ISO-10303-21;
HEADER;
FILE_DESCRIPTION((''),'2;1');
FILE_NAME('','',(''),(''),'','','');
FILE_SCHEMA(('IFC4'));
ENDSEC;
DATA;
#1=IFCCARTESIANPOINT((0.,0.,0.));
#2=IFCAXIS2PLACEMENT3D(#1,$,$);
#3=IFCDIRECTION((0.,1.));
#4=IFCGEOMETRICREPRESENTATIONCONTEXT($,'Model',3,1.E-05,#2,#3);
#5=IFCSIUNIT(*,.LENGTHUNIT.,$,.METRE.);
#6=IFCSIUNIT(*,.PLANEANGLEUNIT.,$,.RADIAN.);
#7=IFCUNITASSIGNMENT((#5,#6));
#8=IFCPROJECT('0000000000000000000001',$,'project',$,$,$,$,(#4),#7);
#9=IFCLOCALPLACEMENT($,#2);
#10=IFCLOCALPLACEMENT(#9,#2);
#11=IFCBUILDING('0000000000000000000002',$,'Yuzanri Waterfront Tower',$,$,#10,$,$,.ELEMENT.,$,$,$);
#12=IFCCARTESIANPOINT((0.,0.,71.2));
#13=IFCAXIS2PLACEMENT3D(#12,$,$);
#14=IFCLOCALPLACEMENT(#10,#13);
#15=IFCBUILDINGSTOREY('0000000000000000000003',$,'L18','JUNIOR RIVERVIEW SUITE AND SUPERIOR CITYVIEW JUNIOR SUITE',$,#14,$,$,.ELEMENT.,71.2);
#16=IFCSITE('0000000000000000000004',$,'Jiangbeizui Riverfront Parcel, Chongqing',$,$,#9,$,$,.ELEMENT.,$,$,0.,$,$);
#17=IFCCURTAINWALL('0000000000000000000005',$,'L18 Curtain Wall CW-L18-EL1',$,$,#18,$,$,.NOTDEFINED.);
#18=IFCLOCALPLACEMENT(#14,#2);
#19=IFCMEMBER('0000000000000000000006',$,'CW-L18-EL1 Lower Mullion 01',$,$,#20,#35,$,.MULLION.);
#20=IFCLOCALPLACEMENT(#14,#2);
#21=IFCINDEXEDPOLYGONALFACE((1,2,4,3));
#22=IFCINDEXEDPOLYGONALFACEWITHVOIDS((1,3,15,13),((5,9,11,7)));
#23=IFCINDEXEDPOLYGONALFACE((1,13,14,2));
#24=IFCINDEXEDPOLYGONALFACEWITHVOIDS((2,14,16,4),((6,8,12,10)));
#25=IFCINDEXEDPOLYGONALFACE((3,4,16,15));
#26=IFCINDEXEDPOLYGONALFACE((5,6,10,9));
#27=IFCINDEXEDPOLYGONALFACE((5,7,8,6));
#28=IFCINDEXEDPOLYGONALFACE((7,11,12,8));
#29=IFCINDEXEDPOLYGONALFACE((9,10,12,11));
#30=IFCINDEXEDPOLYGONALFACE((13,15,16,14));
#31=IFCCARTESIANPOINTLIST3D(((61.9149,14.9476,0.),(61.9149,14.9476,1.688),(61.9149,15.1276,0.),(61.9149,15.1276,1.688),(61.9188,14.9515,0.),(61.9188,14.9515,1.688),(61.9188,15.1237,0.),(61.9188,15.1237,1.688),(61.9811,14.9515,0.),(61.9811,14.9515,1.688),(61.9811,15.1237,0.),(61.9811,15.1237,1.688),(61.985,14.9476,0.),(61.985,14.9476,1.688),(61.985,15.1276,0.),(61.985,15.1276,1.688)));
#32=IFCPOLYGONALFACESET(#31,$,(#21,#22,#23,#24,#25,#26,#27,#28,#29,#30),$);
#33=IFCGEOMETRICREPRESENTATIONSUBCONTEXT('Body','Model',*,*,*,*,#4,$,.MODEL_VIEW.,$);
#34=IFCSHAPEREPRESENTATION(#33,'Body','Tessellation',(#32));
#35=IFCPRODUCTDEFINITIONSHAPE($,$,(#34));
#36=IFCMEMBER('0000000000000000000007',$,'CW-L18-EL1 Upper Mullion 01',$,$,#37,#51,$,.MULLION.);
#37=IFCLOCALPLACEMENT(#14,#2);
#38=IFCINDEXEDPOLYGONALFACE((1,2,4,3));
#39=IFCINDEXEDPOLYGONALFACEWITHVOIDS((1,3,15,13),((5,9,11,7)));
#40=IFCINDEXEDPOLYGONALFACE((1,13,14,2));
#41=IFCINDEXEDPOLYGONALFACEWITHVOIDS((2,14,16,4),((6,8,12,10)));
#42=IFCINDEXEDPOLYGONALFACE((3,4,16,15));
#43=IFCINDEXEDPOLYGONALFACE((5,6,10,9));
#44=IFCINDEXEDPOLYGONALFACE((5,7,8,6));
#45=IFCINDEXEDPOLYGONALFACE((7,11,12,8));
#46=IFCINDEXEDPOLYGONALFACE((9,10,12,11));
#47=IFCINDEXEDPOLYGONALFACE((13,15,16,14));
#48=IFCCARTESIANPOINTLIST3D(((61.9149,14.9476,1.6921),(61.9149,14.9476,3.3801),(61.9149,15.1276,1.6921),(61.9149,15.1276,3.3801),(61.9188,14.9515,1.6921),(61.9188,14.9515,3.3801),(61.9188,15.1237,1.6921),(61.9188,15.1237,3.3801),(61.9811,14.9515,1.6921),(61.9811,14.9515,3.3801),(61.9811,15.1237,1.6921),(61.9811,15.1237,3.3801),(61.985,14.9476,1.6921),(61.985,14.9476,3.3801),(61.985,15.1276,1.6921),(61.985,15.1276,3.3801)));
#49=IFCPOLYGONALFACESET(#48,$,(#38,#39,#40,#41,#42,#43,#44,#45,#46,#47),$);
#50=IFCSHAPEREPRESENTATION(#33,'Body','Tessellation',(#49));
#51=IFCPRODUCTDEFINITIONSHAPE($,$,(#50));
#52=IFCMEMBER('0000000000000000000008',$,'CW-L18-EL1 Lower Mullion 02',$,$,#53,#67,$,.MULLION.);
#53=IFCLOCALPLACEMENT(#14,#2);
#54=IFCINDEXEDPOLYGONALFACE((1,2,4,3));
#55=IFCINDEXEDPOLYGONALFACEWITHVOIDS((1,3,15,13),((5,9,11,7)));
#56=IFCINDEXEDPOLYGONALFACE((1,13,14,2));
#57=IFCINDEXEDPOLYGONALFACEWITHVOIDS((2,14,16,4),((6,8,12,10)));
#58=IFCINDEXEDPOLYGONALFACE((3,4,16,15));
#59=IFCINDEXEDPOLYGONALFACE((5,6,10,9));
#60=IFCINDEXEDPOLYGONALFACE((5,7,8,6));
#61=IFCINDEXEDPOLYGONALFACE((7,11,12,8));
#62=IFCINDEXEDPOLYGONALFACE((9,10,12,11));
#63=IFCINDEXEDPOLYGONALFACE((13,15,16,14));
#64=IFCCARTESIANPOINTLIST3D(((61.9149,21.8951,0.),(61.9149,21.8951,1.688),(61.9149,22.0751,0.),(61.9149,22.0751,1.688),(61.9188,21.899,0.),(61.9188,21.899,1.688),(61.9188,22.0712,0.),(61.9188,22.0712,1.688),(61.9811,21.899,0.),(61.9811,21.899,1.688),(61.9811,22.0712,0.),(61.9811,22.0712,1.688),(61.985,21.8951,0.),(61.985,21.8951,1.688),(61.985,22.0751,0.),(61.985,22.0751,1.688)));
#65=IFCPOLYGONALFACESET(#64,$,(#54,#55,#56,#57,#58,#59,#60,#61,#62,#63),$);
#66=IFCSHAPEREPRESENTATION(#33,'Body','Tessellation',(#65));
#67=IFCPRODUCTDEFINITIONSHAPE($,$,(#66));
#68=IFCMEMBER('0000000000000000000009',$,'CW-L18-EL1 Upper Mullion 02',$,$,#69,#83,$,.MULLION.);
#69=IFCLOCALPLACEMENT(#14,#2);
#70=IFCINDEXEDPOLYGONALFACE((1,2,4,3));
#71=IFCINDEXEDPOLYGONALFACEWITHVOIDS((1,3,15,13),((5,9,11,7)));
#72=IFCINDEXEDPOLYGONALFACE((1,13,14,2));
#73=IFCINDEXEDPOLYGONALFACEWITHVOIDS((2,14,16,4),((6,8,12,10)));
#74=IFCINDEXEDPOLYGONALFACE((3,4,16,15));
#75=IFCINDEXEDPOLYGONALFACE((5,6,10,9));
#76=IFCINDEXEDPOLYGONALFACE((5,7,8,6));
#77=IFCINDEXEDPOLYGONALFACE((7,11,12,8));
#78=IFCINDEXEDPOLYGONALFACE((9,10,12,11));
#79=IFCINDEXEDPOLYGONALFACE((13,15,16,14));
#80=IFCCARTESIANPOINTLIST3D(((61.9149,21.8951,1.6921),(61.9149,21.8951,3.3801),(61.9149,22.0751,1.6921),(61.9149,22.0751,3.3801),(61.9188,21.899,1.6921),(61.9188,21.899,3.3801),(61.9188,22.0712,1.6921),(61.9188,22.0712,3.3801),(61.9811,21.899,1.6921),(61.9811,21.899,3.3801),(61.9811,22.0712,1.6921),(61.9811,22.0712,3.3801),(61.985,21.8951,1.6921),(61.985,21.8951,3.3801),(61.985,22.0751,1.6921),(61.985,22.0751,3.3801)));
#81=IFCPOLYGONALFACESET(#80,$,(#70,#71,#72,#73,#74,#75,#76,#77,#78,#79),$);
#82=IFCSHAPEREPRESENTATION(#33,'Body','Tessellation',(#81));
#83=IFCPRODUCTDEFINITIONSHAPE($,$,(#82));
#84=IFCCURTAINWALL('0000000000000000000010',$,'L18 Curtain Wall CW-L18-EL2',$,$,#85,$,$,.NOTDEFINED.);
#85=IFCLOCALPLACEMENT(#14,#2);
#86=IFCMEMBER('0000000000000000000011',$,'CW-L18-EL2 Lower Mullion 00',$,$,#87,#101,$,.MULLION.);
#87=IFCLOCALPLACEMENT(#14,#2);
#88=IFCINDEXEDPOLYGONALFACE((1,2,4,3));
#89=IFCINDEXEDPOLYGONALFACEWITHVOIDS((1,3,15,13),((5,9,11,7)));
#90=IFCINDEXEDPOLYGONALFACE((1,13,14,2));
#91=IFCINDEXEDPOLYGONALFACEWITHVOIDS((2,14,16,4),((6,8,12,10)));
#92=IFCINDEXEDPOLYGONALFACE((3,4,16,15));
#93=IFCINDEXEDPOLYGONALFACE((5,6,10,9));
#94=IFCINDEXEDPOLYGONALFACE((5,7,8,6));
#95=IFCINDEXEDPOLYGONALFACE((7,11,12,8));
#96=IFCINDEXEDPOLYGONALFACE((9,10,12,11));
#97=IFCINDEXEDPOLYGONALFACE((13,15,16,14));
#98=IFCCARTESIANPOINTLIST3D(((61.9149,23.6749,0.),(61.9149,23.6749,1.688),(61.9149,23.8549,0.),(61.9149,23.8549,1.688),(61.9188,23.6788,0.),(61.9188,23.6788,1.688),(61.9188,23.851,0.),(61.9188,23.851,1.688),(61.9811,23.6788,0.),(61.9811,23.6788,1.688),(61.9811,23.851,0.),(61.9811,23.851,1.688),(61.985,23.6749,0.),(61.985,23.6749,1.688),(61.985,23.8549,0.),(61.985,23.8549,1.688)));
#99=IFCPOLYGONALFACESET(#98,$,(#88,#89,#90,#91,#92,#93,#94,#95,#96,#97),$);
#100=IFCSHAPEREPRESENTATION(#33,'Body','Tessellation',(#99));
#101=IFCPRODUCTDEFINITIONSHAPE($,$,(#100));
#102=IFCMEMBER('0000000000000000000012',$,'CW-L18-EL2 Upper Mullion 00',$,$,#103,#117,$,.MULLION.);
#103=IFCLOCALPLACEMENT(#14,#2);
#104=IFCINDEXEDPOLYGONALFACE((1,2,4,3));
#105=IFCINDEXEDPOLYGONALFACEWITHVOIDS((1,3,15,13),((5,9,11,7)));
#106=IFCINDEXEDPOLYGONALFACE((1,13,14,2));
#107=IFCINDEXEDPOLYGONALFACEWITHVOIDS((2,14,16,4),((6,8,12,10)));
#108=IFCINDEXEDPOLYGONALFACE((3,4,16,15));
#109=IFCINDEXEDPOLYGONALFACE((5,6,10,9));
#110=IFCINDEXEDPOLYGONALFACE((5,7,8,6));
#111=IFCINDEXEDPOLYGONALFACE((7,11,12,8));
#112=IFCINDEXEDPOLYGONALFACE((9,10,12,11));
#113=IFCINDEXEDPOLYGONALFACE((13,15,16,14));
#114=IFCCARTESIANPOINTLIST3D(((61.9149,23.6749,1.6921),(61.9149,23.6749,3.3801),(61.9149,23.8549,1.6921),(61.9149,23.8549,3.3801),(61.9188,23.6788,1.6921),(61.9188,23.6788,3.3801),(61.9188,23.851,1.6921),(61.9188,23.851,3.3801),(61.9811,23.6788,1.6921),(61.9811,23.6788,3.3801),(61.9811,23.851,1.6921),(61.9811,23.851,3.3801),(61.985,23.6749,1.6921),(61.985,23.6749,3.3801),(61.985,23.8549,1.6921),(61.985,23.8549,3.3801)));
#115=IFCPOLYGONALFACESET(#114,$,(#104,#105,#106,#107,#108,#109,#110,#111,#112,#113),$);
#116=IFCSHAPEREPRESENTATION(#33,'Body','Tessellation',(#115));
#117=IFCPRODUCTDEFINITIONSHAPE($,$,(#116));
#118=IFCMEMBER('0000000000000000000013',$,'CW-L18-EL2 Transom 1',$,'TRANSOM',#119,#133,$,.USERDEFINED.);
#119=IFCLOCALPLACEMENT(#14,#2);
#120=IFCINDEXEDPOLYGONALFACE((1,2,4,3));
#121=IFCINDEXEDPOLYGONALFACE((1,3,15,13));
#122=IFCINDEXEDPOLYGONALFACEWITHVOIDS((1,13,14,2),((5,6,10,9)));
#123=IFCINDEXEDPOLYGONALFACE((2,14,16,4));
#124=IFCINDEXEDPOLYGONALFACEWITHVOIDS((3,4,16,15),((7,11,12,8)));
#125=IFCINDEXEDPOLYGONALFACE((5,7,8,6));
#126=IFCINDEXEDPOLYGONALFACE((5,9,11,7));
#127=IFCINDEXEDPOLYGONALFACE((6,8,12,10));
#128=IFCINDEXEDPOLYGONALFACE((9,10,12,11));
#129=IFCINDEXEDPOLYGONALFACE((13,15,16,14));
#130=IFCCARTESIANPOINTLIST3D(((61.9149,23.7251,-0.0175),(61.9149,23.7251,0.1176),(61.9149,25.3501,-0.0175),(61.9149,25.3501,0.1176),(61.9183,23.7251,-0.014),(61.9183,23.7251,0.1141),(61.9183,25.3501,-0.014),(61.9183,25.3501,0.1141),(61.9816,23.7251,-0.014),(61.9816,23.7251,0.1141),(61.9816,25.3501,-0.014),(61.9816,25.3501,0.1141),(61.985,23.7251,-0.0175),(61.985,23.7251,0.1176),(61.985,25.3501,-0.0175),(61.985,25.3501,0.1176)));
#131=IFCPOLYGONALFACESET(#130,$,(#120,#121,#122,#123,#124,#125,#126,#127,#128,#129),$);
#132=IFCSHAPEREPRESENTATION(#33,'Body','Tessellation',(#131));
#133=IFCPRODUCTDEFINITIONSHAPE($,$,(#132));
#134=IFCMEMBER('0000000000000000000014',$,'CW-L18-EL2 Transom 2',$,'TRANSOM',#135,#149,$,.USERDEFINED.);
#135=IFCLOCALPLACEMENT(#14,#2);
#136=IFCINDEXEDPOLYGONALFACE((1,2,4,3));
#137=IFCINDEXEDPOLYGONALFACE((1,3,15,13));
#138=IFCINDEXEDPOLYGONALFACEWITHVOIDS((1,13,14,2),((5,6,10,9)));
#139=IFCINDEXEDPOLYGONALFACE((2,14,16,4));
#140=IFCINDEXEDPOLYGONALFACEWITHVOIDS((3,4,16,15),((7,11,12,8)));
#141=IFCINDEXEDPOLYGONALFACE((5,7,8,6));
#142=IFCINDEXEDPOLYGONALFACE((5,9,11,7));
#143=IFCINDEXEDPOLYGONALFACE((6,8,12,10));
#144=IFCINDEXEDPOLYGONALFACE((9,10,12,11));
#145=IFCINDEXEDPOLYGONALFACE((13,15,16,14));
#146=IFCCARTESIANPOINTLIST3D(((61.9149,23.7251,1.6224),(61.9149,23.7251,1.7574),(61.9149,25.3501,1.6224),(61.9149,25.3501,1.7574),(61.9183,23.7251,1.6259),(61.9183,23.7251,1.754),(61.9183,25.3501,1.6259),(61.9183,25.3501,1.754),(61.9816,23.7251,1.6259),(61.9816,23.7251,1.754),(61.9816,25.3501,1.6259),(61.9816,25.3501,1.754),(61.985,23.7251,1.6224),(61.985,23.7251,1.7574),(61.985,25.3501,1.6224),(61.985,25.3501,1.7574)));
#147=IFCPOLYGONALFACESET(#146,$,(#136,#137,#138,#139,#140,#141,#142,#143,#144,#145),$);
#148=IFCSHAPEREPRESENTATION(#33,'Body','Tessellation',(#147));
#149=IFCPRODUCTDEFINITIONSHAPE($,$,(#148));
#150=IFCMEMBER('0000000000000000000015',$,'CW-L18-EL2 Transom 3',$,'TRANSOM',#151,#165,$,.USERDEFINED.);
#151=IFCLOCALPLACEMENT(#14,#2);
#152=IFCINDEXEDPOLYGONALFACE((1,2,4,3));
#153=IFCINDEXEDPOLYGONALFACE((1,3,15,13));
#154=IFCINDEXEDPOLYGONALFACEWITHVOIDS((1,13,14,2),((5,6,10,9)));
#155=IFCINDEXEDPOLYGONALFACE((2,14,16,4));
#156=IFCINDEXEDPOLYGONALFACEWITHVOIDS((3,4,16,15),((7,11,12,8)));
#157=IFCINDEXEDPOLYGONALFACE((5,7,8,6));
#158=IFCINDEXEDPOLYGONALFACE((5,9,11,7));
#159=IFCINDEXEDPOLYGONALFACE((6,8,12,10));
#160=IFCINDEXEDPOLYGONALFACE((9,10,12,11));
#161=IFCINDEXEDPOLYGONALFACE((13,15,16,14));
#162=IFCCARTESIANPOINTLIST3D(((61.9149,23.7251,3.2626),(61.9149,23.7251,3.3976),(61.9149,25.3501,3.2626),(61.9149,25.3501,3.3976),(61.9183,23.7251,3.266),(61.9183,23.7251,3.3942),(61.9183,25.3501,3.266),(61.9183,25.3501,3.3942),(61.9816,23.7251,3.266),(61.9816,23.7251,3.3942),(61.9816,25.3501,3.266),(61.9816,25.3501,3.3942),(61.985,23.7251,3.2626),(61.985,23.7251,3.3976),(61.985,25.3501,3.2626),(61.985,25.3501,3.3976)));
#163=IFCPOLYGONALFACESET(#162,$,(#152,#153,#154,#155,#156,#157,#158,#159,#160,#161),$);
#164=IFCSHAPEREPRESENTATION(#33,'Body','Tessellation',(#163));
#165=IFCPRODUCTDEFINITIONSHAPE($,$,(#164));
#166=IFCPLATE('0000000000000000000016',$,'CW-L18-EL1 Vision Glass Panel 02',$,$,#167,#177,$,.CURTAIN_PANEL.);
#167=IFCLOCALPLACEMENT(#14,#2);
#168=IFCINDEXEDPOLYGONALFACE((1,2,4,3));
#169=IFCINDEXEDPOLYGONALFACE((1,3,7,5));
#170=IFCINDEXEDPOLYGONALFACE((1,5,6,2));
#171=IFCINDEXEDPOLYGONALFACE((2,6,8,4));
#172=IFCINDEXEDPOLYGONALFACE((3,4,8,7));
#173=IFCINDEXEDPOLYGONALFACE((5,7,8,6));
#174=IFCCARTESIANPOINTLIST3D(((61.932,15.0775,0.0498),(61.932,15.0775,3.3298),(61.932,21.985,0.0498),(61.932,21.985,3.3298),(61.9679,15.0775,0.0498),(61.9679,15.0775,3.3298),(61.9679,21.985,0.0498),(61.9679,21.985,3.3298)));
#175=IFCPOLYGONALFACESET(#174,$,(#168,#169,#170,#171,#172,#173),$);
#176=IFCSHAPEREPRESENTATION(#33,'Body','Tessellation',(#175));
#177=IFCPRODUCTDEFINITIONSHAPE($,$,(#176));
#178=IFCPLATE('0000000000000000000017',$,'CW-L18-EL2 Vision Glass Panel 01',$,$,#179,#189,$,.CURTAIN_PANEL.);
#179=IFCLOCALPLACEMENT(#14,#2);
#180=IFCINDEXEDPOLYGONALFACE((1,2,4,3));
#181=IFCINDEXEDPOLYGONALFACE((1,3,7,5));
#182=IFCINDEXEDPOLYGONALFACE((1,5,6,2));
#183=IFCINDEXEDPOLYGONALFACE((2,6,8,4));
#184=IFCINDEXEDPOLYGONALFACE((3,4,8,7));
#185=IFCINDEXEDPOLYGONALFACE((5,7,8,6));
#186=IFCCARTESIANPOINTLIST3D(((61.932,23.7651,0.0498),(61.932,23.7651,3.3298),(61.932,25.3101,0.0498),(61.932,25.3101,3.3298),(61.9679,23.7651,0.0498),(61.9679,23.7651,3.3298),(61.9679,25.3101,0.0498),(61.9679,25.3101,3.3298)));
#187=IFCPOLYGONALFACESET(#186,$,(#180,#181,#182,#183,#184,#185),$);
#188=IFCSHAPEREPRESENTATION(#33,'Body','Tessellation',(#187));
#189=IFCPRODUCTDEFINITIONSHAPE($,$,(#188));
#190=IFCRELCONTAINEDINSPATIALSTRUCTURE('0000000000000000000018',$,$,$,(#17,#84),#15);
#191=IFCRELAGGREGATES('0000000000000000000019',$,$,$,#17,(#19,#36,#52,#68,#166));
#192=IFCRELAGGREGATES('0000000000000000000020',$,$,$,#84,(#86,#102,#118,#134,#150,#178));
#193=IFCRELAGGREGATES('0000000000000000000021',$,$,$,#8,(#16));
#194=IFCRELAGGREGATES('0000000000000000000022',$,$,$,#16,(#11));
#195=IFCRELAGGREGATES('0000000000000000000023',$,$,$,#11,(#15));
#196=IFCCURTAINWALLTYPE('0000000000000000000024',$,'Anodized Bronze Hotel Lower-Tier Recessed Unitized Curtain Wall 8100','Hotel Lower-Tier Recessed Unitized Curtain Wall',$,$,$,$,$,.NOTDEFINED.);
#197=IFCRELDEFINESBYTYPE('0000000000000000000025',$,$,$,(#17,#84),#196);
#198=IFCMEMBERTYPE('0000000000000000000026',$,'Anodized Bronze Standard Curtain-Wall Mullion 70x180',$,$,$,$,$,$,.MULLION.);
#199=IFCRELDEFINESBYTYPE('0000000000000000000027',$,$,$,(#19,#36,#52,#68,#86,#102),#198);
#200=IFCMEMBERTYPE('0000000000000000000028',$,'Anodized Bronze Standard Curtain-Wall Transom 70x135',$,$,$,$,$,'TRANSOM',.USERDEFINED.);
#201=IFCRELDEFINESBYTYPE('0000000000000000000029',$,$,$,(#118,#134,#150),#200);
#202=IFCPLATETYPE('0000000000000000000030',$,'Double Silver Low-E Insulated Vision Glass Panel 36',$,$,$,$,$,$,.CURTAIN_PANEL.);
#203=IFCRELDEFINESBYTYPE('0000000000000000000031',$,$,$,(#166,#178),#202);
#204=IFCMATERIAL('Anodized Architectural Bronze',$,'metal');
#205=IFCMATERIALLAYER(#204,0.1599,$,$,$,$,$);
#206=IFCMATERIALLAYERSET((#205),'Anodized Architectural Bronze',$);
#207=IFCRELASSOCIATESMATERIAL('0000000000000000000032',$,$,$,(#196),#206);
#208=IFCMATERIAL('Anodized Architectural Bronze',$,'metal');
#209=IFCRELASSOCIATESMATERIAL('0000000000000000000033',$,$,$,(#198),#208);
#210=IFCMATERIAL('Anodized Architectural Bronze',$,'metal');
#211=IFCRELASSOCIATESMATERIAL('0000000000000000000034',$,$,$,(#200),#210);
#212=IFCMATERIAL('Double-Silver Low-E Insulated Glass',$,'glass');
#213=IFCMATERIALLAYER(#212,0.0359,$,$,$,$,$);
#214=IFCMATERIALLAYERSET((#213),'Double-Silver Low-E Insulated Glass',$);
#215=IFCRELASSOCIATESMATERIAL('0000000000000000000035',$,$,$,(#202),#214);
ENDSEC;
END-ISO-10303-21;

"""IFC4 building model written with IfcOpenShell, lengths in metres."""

from ifc_helpers import new_model, si_unit, direction, frame, origin, origin_2d, place, context, subcontext, project, spatial, rectangle, hollow_rectangle, extrude, source, transform, mapped, material, layer, layer_set, material_profile, profile_set, type_object, element, aggregate, save


model = new_model("IFC4")

# Units and contexts
model_context = context("Model", 3, precision=1e-05, world=origin(), true_north=direction((0.0, 1.0)))
body_context = subcontext(model_context, "Body", "Model", "MODEL_VIEW")
ifc_project = project(units=[si_unit("LENGTHUNIT", "METRE"), si_unit("PLANEANGLEUNIT", "RADIAN")], contexts=[model_context])

# Site, building, storey
site_placement = place(None, origin())
site = spatial("IfcSite", under=ifc_project, at=site_placement, Name="Jiangbeizui Riverfront Parcel, Chongqing", CompositionType="ELEMENT", RefElevation=0.0)
building_placement = place(site_placement, origin())
building = spatial("IfcBuilding", under=site, at=building_placement, Name="Yuzanri Waterfront Tower", CompositionType="ELEMENT")
storey_placement = place(building_placement, frame((0.0, 0.0, 71.2)))
storey = spatial("IfcBuildingStorey", under=building, at=storey_placement, Name="L18", Description="JUNIOR RIVERVIEW SUITE AND SUPERIOR CITYVIEW JUNIOR SUITE", CompositionType="ELEMENT", Elevation=71.2)

# Curtain walls, members
ifc_material_1 = material(Name="Anodized Architectural Bronze", Category="metal")
ifc_layer_1 = layer(ifc_material_1, 0.1599)
ifc_layer_set_1 = layer_set([ifc_layer_1], Name="Anodized Architectural Bronze")
curtain_wall_type = type_object("IfcCurtainWallType", Name="Anodized Bronze Hotel Lower-Tier Recessed Unitized Curtain Wall 8100", Description="Hotel Lower-Tier Recessed Unitized Curtain Wall", PredefinedType="NOTDEFINED", material=ifc_layer_set_1)
curtain_wall_1_placement = place(storey_placement, origin())
curtain_wall_1 = element("IfcCurtainWall", 1, at=curtain_wall_1_placement, inside=storey, type_object=curtain_wall_type, Name="L18 Curtain Wall CW-L18-EL1", PredefinedType="NOTDEFINED")
ifc_material_2 = material(Name="Anodized Architectural Bronze", Category="metal")
ifc_material_profile_1 = material_profile(ifc_material_2, hollow_rectangle(XDim=0.0701, YDim=0.1799, WallThickness=0.0039, at=origin_2d()), Name="CWM 70x180")
ifc_profile_set_1 = profile_set([ifc_material_profile_1], Name="Anodized Architectural Bronze")
member_type_1 = type_object("IfcMemberType", Name="Anodized Bronze Standard Curtain-Wall Mullion 70x180", PredefinedType="MULLION", material=ifc_profile_set_1)
shared_shape_1 = source(origin(), body_context, "Body", "SweptSolid", [
    extrude(hollow_rectangle(XDim=0.0701, YDim=0.1799, WallThickness=0.0039, at=origin_2d()), origin(), (0.0, 0.0, 1.0), 1.688),
])
member_1_placement = place(storey_placement, frame((61.95, 15.0376, 0.0), z_axis=(0.0, 0.0, 1.0), x_axis=(1.0, 0.0, 0.0)))
member_1 = element("IfcMember", 2, at=member_1_placement, type_object=member_type_1, Name="CW-L18-EL1 Lower Mullion 01", PredefinedType="MULLION", context=body_context, shape_type="MappedRepresentation", body=[
    mapped(shared_shape_1, transform((0.0, 0.0, 0.0), scale=1.0)),
])
member_2_placement = place(storey_placement, frame((61.95, 15.0376, 1.6921), z_axis=(0.0, 0.0, 1.0), x_axis=(1.0, 0.0, 0.0)))
member_2 = element("IfcMember", 3, at=member_2_placement, type_object=member_type_1, Name="CW-L18-EL1 Upper Mullion 01", PredefinedType="MULLION", context=body_context, shape_type="MappedRepresentation", body=[
    mapped(shared_shape_1, transform((0.0, 0.0, 0.0), scale=1.0)),
])
member_3_placement = place(storey_placement, frame((61.95, 21.9851, 0.0), z_axis=(0.0, 0.0, 1.0), x_axis=(1.0, 0.0, 0.0)))
member_3 = element("IfcMember", 4, at=member_3_placement, type_object=member_type_1, Name="CW-L18-EL1 Lower Mullion 02", PredefinedType="MULLION", context=body_context, shape_type="MappedRepresentation", body=[
    mapped(shared_shape_1, transform((0.0, 0.0, 0.0), scale=1.0)),
])
member_4_placement = place(storey_placement, frame((61.95, 21.9851, 1.6921), z_axis=(0.0, 0.0, 1.0), x_axis=(1.0, 0.0, 0.0)))
member_4 = element("IfcMember", 5, at=member_4_placement, type_object=member_type_1, Name="CW-L18-EL1 Upper Mullion 02", PredefinedType="MULLION", context=body_context, shape_type="MappedRepresentation", body=[
    mapped(shared_shape_1, transform((0.0, 0.0, 0.0), scale=1.0)),
])
curtain_wall_2_placement = place(storey_placement, origin())
curtain_wall_2 = element("IfcCurtainWall", 6, at=curtain_wall_2_placement, inside=storey, type_object=curtain_wall_type, Name="L18 Curtain Wall CW-L18-EL2", PredefinedType="NOTDEFINED")
member_5_placement = place(storey_placement, frame((61.95, 23.7649, 0.0), z_axis=(0.0, 0.0, 1.0), x_axis=(1.0, 0.0, 0.0)))
member_5 = element("IfcMember", 7, at=member_5_placement, type_object=member_type_1, Name="CW-L18-EL2 Lower Mullion 00", PredefinedType="MULLION", context=body_context, shape_type="MappedRepresentation", body=[
    mapped(shared_shape_1, transform((0.0, 0.0, 0.0), scale=1.0)),
])
member_6_placement = place(storey_placement, frame((61.95, 23.7649, 1.6921), z_axis=(0.0, 0.0, 1.0), x_axis=(1.0, 0.0, 0.0)))
member_6 = element("IfcMember", 8, at=member_6_placement, type_object=member_type_1, Name="CW-L18-EL2 Upper Mullion 00", PredefinedType="MULLION", context=body_context, shape_type="MappedRepresentation", body=[
    mapped(shared_shape_1, transform((0.0, 0.0, 0.0), scale=1.0)),
])
ifc_material_3 = material(Name="Anodized Architectural Bronze", Category="metal")
ifc_material_profile_2 = material_profile(ifc_material_3, hollow_rectangle(XDim=0.0701, YDim=0.135, WallThickness=0.0034, at=origin_2d()), Name="CWT 70x135")
ifc_profile_set_2 = profile_set([ifc_material_profile_2], Name="Anodized Architectural Bronze")
member_type_2 = type_object("IfcMemberType", Name="Anodized Bronze Standard Curtain-Wall Transom 70x135", ElementType="TRANSOM", PredefinedType="USERDEFINED", material=ifc_profile_set_2)
shared_shape_2 = source(origin(), body_context, "Body", "SweptSolid", [
    extrude(hollow_rectangle(XDim=0.0701, YDim=0.135, WallThickness=0.0034, at=origin_2d()), origin(), (0.0, 0.0, 1.0), 1.625),
])
member_7_placement = place(storey_placement, frame((61.95, 23.7251, 0.05), z_axis=(0.0, 1.0, 0.0), x_axis=(-1.0, 0.0, 0.0)))
member_7 = element("IfcMember", 9, at=member_7_placement, type_object=member_type_2, Name="CW-L18-EL2 Transom 1", ObjectType="TRANSOM", PredefinedType="USERDEFINED", context=body_context, shape_type="MappedRepresentation", body=[
    mapped(shared_shape_2, transform((0.0, 0.0, 0.0), scale=1.0)),
])
member_8_placement = place(storey_placement, frame((61.95, 23.7251, 1.6899), z_axis=(0.0, 1.0, 0.0), x_axis=(-1.0, 0.0, 0.0)))
member_8 = element("IfcMember", 10, at=member_8_placement, type_object=member_type_2, Name="CW-L18-EL2 Transom 2", ObjectType="TRANSOM", PredefinedType="USERDEFINED", context=body_context, shape_type="MappedRepresentation", body=[
    mapped(shared_shape_2, transform((0.0, 0.0, 0.0), scale=1.0)),
])
member_9_placement = place(storey_placement, frame((61.95, 23.7251, 3.3301), z_axis=(0.0, 1.0, 0.0), x_axis=(-1.0, 0.0, 0.0)))
member_9 = element("IfcMember", 11, at=member_9_placement, type_object=member_type_2, Name="CW-L18-EL2 Transom 3", ObjectType="TRANSOM", PredefinedType="USERDEFINED", context=body_context, shape_type="MappedRepresentation", body=[
    mapped(shared_shape_2, transform((0.0, 0.0, 0.0), scale=1.0)),
])

# Plates
ifc_material_4 = material(Name="Double-Silver Low-E Insulated Glass", Category="glass")
ifc_layer_2 = layer(ifc_material_4, 0.0359)
ifc_layer_set_2 = layer_set([ifc_layer_2], Name="Double-Silver Low-E Insulated Glass")
plate_type = type_object("IfcPlateType", Name="Double Silver Low-E Insulated Vision Glass Panel 36", PredefinedType="CURTAIN_PANEL", material=ifc_layer_set_2)
shared_shape_3 = source(origin(), body_context, "Body", "SweptSolid", [
    extrude(rectangle(XDim=6.9075, YDim=0.0359, at=origin_2d()), origin(), (0.0, 0.0, 1.0), 3.28),
])
plate_1_placement = place(storey_placement, frame((61.95, 18.5312, 0.0498), z_axis=(0.0, 0.0, 1.0), x_axis=(0.0, 1.0, 0.0)))
plate_1 = element("IfcPlate", 12, at=plate_1_placement, type_object=plate_type, Name="CW-L18-EL1 Vision Glass Panel 02", PredefinedType="CURTAIN_PANEL", context=body_context, shape_type="MappedRepresentation", body=[
    mapped(shared_shape_3, transform((0.0, 0.0, 0.0), scale=1.0)),
])
aggregate(curtain_wall_1, [member_1, member_2, member_3, member_4, plate_1])
shared_shape_4 = source(origin(), body_context, "Body", "SweptSolid", [
    extrude(rectangle(XDim=1.5449, YDim=0.0359, at=origin_2d()), origin(), (0.0, 0.0, 1.0), 3.28),
])
plate_2_placement = place(storey_placement, frame((61.95, 24.5376, 0.0498), z_axis=(0.0, 0.0, 1.0), x_axis=(0.0, 1.0, 0.0)))
plate_2 = element("IfcPlate", 13, at=plate_2_placement, type_object=plate_type, Name="CW-L18-EL2 Vision Glass Panel 01", PredefinedType="CURTAIN_PANEL", context=body_context, shape_type="MappedRepresentation", body=[
    mapped(shared_shape_4, transform((0.0, 0.0, 0.0), scale=1.0)),
])
aggregate(curtain_wall_2, [member_5, member_6, member_7, member_8, member_9, plate_2])

save(model, "model.ifc")
